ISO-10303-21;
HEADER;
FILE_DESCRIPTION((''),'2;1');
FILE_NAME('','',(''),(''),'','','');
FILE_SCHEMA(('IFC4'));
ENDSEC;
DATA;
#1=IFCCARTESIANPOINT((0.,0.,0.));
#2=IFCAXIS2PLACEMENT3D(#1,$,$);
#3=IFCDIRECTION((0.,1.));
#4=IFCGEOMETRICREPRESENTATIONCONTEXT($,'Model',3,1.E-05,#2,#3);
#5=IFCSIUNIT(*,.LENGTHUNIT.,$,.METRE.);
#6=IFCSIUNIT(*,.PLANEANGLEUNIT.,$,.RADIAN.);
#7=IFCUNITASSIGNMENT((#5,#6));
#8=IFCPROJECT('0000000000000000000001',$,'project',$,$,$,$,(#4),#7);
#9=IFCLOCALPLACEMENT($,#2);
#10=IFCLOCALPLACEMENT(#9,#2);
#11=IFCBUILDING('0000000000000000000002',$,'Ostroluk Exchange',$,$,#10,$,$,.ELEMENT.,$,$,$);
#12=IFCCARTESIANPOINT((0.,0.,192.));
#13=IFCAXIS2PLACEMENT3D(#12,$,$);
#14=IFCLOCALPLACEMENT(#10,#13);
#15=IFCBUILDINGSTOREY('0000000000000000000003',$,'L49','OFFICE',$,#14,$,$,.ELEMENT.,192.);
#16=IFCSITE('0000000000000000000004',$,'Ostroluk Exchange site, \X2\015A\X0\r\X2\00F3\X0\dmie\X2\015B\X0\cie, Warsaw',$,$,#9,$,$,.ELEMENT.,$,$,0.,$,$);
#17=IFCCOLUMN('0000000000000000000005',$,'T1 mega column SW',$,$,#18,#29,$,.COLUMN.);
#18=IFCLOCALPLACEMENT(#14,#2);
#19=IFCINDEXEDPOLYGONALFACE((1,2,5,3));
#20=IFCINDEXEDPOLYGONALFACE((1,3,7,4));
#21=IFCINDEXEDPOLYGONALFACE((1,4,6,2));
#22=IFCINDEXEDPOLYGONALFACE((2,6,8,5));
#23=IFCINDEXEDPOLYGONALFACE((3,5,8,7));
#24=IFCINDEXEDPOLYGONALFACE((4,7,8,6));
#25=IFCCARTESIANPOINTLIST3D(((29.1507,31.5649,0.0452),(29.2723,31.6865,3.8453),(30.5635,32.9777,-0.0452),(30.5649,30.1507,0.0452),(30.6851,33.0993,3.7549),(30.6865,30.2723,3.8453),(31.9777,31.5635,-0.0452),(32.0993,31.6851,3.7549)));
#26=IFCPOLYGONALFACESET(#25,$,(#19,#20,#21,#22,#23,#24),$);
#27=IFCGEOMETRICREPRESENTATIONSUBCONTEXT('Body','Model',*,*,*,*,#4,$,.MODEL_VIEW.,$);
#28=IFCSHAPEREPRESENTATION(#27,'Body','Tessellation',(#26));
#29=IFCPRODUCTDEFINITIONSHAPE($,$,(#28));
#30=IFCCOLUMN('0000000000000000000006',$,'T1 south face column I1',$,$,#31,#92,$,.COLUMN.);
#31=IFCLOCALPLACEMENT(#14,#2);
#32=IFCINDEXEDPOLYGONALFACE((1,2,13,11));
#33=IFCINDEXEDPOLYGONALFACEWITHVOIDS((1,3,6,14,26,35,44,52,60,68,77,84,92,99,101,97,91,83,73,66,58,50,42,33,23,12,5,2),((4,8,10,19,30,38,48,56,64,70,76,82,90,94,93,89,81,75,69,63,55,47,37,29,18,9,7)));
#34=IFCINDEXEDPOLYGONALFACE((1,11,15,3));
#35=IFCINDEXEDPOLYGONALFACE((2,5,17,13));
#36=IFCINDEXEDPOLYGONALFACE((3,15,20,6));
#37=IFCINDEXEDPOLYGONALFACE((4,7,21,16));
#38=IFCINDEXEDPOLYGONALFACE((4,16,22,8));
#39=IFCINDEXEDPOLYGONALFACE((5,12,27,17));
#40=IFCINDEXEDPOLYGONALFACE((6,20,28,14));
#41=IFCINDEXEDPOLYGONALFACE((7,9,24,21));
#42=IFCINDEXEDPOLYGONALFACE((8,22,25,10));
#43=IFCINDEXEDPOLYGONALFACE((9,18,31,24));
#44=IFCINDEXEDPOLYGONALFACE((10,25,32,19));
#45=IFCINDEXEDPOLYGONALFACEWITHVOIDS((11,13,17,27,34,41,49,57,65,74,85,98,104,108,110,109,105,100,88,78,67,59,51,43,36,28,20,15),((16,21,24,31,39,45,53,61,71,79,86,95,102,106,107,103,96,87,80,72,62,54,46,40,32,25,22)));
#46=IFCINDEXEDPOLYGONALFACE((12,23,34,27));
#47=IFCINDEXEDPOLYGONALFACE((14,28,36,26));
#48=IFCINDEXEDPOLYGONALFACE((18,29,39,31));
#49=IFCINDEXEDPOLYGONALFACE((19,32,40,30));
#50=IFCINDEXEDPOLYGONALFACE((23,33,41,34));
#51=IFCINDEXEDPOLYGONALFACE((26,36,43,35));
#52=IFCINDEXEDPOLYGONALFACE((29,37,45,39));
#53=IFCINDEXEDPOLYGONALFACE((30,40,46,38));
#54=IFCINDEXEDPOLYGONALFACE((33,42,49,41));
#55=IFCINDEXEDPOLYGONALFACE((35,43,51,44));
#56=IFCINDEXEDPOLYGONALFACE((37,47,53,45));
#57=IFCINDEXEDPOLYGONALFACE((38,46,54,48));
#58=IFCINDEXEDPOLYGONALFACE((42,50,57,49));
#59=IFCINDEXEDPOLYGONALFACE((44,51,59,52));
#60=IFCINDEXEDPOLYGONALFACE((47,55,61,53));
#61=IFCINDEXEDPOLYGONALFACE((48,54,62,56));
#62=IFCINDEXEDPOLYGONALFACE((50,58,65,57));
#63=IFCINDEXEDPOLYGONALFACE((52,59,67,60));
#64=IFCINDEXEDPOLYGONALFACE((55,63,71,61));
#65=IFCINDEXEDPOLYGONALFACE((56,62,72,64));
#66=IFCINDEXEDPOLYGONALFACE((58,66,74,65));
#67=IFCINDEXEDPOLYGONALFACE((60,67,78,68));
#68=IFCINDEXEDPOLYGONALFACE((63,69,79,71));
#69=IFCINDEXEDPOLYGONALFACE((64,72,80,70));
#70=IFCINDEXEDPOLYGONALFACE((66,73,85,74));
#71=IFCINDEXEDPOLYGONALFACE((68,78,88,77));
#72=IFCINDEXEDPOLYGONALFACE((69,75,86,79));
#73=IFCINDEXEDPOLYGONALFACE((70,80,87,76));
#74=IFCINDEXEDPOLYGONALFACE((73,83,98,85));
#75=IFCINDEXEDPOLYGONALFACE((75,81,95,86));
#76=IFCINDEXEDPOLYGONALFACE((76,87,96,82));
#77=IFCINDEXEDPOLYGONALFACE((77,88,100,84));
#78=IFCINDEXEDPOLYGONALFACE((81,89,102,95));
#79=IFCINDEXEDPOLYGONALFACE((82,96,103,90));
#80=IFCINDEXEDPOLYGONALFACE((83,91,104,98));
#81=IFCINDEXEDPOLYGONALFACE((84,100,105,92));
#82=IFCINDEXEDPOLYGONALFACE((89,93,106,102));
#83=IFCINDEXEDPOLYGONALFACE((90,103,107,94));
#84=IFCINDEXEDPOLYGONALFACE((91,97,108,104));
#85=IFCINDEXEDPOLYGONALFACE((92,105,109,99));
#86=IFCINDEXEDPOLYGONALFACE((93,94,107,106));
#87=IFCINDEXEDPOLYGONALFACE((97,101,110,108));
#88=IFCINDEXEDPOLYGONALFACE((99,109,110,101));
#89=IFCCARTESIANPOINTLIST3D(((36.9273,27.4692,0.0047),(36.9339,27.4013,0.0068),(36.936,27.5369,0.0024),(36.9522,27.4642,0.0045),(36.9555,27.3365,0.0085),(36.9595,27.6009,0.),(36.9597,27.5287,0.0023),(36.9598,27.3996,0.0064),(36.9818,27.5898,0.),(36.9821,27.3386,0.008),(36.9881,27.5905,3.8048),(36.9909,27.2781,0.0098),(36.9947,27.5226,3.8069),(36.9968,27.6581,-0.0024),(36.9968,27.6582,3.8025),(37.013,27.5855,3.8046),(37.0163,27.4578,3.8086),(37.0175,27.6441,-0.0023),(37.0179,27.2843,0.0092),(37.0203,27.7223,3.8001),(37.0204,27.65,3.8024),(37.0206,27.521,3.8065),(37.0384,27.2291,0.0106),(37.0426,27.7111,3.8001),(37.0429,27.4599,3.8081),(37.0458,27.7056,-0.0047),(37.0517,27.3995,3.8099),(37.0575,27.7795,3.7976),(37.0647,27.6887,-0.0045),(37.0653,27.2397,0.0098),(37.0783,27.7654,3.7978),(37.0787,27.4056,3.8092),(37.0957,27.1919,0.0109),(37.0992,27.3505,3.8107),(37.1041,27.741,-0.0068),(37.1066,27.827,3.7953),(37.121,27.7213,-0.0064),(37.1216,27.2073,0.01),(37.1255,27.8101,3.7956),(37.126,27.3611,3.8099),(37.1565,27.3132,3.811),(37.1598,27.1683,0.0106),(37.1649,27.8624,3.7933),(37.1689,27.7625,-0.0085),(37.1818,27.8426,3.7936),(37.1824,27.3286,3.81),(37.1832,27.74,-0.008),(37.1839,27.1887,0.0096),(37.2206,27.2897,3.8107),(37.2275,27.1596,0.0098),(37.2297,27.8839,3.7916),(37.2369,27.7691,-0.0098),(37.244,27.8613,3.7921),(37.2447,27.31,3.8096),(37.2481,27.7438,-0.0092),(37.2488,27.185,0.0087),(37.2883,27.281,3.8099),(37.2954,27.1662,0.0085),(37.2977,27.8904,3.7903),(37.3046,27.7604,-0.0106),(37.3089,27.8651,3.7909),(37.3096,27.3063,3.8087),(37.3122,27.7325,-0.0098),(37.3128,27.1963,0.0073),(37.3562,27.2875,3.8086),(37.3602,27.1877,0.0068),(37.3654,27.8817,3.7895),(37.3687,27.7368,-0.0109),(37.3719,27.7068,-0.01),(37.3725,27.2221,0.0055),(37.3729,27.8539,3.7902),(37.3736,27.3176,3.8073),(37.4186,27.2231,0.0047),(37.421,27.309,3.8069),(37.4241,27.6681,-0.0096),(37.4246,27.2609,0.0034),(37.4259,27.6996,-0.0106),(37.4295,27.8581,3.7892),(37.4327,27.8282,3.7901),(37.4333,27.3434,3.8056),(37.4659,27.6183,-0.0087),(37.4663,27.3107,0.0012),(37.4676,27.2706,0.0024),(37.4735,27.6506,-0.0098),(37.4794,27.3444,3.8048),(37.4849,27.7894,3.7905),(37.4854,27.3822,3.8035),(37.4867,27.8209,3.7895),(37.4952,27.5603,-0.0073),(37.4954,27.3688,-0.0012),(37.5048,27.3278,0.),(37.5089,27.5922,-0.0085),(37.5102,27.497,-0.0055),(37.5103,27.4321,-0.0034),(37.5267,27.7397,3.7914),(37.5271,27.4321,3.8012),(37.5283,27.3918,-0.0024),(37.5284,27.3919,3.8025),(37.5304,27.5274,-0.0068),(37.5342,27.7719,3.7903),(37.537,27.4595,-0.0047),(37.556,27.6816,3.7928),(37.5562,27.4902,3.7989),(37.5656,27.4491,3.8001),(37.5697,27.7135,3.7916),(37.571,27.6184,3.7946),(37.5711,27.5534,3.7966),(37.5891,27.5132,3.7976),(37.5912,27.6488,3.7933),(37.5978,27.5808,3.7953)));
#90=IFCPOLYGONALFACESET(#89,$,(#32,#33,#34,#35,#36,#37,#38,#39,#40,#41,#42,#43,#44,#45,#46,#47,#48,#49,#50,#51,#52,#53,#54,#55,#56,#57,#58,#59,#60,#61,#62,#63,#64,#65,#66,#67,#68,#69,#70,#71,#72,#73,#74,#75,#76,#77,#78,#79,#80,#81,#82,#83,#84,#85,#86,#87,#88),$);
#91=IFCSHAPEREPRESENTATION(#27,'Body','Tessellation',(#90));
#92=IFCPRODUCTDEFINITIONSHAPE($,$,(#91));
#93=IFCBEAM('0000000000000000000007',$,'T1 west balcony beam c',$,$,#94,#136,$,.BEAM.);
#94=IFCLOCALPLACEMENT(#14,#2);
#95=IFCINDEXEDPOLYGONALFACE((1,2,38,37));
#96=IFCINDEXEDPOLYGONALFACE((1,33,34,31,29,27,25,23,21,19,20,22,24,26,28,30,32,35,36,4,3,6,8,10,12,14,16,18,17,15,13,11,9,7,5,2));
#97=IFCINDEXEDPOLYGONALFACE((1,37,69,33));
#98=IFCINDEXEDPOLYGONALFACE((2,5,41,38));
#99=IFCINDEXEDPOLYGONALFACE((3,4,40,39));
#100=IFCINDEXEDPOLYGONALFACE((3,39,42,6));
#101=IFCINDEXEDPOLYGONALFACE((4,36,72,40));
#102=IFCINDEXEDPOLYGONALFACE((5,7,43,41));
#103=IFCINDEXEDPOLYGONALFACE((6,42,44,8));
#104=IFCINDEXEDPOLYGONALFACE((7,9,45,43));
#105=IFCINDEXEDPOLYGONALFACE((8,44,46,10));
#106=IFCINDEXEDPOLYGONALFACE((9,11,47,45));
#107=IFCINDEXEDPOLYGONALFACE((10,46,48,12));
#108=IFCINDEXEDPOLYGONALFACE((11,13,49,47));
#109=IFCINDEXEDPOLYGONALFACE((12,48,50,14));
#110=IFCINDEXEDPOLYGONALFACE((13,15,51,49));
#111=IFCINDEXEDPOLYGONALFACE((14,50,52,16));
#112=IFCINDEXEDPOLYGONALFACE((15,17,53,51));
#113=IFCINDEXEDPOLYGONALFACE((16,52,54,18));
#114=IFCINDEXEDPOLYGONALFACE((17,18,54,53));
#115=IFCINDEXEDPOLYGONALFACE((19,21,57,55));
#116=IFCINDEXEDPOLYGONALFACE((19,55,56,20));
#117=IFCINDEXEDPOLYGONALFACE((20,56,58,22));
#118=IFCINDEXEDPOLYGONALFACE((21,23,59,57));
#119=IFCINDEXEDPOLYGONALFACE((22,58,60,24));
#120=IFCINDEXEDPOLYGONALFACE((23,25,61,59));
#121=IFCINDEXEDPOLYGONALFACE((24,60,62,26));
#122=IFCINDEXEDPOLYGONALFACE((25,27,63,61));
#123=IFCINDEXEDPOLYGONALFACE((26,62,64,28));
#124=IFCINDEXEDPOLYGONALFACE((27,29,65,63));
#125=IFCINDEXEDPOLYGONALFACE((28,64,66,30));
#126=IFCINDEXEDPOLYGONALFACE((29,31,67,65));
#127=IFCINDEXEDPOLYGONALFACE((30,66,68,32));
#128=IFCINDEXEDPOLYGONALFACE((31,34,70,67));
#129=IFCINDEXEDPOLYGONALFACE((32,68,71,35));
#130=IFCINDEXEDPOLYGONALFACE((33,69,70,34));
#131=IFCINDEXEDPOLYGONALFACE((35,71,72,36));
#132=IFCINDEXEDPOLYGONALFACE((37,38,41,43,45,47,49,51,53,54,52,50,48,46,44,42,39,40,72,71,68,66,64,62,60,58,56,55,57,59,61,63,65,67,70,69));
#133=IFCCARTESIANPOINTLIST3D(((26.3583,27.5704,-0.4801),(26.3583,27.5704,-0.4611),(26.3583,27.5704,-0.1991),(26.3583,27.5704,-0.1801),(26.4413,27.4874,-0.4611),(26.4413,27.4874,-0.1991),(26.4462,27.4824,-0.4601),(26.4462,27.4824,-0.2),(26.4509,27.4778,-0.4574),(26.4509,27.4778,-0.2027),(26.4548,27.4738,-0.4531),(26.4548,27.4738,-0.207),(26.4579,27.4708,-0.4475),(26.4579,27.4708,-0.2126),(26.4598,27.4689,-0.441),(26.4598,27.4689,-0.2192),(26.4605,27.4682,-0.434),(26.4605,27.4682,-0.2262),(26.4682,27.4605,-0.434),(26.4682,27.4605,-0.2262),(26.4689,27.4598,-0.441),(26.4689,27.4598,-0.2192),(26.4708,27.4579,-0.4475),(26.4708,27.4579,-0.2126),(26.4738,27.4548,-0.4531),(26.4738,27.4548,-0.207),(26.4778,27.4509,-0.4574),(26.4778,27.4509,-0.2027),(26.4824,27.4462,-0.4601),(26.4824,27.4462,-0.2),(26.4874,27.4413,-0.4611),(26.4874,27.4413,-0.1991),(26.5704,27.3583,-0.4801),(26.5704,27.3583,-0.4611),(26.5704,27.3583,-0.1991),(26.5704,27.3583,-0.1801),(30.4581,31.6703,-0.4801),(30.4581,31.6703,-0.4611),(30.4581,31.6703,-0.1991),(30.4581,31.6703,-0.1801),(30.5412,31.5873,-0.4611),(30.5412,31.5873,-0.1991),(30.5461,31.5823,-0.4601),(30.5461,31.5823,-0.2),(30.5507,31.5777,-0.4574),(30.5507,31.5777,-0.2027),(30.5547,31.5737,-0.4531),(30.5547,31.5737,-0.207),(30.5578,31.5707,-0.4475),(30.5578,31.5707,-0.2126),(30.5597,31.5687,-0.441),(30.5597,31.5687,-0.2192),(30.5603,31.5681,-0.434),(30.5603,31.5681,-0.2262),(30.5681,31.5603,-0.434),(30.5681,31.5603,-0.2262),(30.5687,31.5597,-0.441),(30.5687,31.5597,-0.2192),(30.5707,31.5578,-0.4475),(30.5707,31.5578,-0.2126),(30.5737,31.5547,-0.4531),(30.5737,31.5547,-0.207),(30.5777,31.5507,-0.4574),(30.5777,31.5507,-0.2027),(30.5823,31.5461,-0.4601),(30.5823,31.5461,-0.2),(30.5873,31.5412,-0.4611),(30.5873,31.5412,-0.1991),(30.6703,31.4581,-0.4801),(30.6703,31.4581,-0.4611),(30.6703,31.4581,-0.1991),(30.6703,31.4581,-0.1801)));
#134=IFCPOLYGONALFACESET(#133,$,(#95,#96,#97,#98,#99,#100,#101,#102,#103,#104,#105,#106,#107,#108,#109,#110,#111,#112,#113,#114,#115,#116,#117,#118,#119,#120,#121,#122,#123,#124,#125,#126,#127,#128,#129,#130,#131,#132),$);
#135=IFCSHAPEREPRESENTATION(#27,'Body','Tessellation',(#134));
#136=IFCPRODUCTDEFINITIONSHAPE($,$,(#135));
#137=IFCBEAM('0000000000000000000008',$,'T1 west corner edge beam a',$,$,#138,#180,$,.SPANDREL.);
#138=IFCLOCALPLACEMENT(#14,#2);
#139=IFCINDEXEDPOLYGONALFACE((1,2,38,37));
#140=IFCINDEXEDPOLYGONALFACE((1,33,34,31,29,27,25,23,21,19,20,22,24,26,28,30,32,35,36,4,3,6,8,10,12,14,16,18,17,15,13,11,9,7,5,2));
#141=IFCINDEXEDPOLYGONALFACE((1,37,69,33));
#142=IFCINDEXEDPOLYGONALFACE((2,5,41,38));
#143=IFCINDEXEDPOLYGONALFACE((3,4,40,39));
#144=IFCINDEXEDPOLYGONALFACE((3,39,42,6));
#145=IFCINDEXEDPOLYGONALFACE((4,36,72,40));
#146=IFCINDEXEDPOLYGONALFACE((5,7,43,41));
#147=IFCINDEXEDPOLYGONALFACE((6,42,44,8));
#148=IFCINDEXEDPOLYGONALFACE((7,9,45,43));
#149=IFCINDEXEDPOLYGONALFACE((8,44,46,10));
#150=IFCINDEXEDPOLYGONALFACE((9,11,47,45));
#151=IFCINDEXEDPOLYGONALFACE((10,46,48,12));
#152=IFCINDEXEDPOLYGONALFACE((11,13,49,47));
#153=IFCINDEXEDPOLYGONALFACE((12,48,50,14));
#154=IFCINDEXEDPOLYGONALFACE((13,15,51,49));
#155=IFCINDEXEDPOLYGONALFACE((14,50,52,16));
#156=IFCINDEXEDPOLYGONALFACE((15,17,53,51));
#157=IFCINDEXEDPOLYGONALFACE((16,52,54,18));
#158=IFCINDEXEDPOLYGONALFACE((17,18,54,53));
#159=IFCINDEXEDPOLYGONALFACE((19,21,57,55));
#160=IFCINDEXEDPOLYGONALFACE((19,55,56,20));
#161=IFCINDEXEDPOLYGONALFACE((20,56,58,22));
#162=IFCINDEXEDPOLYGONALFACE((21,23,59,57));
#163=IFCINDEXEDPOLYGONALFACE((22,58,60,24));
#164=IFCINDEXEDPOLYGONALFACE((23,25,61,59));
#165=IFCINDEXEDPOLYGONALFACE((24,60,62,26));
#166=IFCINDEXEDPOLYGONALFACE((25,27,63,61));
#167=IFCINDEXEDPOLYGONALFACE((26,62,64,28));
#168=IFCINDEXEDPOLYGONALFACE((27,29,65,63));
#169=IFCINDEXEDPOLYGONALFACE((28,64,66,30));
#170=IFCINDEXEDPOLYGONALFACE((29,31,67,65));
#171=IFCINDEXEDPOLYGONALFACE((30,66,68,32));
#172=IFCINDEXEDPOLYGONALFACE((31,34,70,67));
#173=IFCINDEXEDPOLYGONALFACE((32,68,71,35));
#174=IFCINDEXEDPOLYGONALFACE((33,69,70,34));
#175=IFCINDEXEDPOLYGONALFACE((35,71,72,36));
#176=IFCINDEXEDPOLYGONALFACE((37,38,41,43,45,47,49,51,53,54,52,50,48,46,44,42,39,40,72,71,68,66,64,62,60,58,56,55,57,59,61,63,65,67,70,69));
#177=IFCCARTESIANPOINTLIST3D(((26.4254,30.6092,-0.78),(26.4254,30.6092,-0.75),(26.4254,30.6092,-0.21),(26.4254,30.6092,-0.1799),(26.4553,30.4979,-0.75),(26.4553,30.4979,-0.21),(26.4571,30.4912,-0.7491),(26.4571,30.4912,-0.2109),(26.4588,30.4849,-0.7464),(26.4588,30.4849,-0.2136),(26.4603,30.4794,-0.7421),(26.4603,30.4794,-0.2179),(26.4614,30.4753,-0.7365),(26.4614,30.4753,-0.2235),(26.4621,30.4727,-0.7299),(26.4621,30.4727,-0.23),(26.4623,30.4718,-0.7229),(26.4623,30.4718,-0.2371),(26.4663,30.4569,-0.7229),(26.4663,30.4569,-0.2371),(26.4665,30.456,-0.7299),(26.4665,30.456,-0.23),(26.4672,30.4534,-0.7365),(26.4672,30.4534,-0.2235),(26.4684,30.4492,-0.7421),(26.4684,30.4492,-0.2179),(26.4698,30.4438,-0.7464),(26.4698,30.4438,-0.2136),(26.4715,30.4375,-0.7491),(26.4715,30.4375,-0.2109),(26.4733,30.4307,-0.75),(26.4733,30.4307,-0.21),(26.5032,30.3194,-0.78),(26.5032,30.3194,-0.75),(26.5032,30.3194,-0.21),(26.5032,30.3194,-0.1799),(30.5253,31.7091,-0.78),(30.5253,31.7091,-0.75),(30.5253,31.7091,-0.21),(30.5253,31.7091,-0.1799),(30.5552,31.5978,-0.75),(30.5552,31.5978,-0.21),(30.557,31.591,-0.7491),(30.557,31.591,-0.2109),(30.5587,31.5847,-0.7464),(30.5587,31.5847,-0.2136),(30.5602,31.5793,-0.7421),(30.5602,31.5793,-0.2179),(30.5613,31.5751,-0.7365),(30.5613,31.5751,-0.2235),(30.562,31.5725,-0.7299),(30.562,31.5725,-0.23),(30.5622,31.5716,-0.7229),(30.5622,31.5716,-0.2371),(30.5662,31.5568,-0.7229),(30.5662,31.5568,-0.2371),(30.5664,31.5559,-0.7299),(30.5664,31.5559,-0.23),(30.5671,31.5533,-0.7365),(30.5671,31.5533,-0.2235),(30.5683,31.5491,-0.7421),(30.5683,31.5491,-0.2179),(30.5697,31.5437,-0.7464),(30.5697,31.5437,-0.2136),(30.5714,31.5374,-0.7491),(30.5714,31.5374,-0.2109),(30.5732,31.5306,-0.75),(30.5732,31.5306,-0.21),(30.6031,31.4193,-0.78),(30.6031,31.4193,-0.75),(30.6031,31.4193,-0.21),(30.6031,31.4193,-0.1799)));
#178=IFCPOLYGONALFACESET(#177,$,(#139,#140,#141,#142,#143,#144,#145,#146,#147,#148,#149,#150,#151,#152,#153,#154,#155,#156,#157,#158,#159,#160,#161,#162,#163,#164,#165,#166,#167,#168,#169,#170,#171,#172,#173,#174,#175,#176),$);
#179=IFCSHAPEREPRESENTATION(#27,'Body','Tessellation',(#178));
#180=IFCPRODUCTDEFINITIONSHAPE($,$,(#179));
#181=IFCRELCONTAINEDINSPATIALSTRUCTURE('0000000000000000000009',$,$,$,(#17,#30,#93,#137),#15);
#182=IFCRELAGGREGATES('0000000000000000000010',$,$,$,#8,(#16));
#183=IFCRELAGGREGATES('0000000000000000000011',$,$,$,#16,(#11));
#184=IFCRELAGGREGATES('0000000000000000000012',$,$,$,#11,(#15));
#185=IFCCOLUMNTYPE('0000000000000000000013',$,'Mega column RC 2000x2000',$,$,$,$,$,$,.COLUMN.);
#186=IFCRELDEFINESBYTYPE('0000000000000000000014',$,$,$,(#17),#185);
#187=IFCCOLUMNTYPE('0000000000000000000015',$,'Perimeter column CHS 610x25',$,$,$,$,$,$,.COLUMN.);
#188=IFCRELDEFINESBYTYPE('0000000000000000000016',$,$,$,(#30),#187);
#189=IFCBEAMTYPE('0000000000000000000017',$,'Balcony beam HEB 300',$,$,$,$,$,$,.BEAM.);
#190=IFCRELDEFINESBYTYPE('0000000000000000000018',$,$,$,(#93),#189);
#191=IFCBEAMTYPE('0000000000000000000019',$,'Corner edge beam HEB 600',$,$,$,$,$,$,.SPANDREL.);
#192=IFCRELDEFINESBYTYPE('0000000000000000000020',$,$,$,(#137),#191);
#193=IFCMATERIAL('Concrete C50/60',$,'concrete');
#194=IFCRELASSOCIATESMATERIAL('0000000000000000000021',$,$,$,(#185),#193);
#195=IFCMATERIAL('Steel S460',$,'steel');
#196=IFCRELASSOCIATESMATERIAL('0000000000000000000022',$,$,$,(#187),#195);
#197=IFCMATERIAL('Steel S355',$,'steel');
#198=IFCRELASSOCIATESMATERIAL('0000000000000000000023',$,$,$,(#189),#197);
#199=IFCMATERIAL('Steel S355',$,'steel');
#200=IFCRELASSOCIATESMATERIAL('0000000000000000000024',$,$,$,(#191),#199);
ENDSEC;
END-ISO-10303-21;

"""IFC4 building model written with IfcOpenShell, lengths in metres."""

from ifc_helpers import new_model, si_unit, direction, frame, origin, origin_2d, place, context, subcontext, project, spatial, rectangle, hollow_circle, i_section, extrude, material, material_profile, profile_set, type_object, element, save


model = new_model("IFC4")

# Units and contexts
model_context = context("Model", 3, precision=1e-05, world=origin(), true_north=direction((0.0, 1.0)))
body_context = subcontext(model_context, "Body", "Model", "MODEL_VIEW")
ifc_project = project(units=[si_unit("LENGTHUNIT", "METRE"), si_unit("PLANEANGLEUNIT", "RADIAN")], contexts=[model_context])

# Site, building, storey
site_placement = place(None, origin())
site = spatial("IfcSite", under=ifc_project, at=site_placement, Name="Ostroluk Exchange site, Śródmieście, Warsaw", CompositionType="ELEMENT", RefElevation=0.0)
building_placement = place(site_placement, origin())
building = spatial("IfcBuilding", under=site, at=building_placement, Name="Ostroluk Exchange", CompositionType="ELEMENT")
storey_placement = place(building_placement, frame((0.0, 0.0, 192.0)))
storey = spatial("IfcBuildingStorey", under=building, at=storey_placement, Name="L49", Description="OFFICE", CompositionType="ELEMENT", Elevation=192.0)

# Columns
ifc_material_1 = material(Name="Concrete C50/60", Category="concrete")
ifc_material_profile_1 = material_profile(ifc_material_1, rectangle(XDim=2.0, YDim=2.0, at=origin_2d()), Name="RC 2000x2000")
ifc_profile_set_1 = profile_set([ifc_material_profile_1], Name="Concrete C50/60")
column_type_1 = type_object("IfcColumnType", Name="Mega column RC 2000x2000", PredefinedType="COLUMN", material=ifc_profile_set_1)
column_1_placement = place(storey_placement, frame((30.5642, 31.5642, 0.0), z_axis=(0.031962, 0.031962, 0.998978), x_axis=(-0.707107, 0.707107, 0.0)))
element("IfcColumn", 1, at=column_1_placement, inside=storey, type_object=column_type_1, Name="T1 mega column SW", PredefinedType="COLUMN", context=body_context, shape_type="SweptSolid", body=[
    extrude(rectangle(XDim=2.0, YDim=2.0, at=origin_2d()), origin(), (0.0, 0.0, 1.0), 3.804),
])
ifc_material_2 = material(Name="Steel S460", Category="steel")
ifc_material_profile_2 = material_profile(ifc_material_2, hollow_circle(Radius=0.3049, WallThickness=0.0249, at=origin_2d()), Name="CHS 610x25")
ifc_profile_set_2 = profile_set([ifc_material_profile_2], Name="Steel S460")
column_type_2 = type_object("IfcColumnType", Name="Perimeter column CHS 610x25", PredefinedType="COLUMN", material=ifc_profile_set_2)
column_2_placement = place(storey_placement, frame((37.2322, 27.4644, 0.0), z_axis=(0.015987, 0.03191, 0.999363), x_axis=(-0.894067, 0.447933, 0.0)))
element("IfcColumn", 2, at=column_2_placement, inside=storey, type_object=column_type_2, Name="T1 south face column I1", PredefinedType="COLUMN", context=body_context, shape_type="SweptSolid", body=[
    extrude(hollow_circle(Radius=0.3049, WallThickness=0.0249, at=origin_2d()), origin(), (0.0, 0.0, 1.0), 3.8025),
])

# Beams
ifc_material_3 = material(Name="Steel S355", Category="steel")
ifc_material_profile_3 = material_profile(ifc_material_3, i_section(OverallWidth=0.3, OverallDepth=0.3, WebThickness=0.011, FlangeThickness=0.019, FilletRadius=0.0271, at=origin_2d()), Name="HEB 300")
ifc_profile_set_3 = profile_set([ifc_material_profile_3], Name="Steel S355")
beam_type_1 = type_object("IfcBeamType", Name="Balcony beam HEB 300", PredefinedType="BEAM", material=ifc_profile_set_3)
beam_1_placement = place(storey_placement, frame((30.5642, 31.5642, -0.3301), z_axis=(-0.707107, -0.707107, 0.0), x_axis=(0.707107, -0.707107, 0.0)))
element("IfcBeam", 3, at=beam_1_placement, inside=storey, type_object=beam_type_1, Name="T1 west balcony beam c", PredefinedType="BEAM", context=body_context, shape_type="SweptSolid", body=[
    extrude(i_section(OverallWidth=0.3, OverallDepth=0.3, WebThickness=0.011, FlangeThickness=0.019, FilletRadius=0.0271, at=origin_2d()), origin(), (0.0, 0.0, 1.0), 5.7981),
])
ifc_material_4 = material(Name="Steel S355", Category="steel")
ifc_material_profile_4 = material_profile(ifc_material_4, i_section(OverallWidth=0.3, OverallDepth=0.6001, WebThickness=0.0154, FlangeThickness=0.03, FilletRadius=0.0271, at=origin_2d()), Name="HEB 600")
ifc_profile_set_4 = profile_set([ifc_material_profile_4], Name="Steel S355")
beam_type_2 = type_object("IfcBeamType", Name="Corner edge beam HEB 600", PredefinedType="SPANDREL", material=ifc_profile_set_4)
for number, where, z_axis, x_axis, name in (
    (4, (30.5642, 31.5642, -0.48), (-0.965849, -0.259105, 0.0), (0.259105, -0.965849, 0.0), "T1 west corner edge beam a"),
):
    element("IfcBeam", number, at=place(storey_placement, frame(where, z_axis=z_axis, x_axis=x_axis)), inside=storey, type_object=beam_type_2, Name=name, PredefinedType="SPANDREL", context=body_context, shape_type="SweptSolid", body=[
        extrude(i_section(OverallWidth=0.3, OverallDepth=0.6001, WebThickness=0.0154, FlangeThickness=0.03, FilletRadius=0.0271, at=origin_2d()), origin(), (0.0, 0.0, 1.0), 4.2449),
    ])

save(model, "model.ifc")
